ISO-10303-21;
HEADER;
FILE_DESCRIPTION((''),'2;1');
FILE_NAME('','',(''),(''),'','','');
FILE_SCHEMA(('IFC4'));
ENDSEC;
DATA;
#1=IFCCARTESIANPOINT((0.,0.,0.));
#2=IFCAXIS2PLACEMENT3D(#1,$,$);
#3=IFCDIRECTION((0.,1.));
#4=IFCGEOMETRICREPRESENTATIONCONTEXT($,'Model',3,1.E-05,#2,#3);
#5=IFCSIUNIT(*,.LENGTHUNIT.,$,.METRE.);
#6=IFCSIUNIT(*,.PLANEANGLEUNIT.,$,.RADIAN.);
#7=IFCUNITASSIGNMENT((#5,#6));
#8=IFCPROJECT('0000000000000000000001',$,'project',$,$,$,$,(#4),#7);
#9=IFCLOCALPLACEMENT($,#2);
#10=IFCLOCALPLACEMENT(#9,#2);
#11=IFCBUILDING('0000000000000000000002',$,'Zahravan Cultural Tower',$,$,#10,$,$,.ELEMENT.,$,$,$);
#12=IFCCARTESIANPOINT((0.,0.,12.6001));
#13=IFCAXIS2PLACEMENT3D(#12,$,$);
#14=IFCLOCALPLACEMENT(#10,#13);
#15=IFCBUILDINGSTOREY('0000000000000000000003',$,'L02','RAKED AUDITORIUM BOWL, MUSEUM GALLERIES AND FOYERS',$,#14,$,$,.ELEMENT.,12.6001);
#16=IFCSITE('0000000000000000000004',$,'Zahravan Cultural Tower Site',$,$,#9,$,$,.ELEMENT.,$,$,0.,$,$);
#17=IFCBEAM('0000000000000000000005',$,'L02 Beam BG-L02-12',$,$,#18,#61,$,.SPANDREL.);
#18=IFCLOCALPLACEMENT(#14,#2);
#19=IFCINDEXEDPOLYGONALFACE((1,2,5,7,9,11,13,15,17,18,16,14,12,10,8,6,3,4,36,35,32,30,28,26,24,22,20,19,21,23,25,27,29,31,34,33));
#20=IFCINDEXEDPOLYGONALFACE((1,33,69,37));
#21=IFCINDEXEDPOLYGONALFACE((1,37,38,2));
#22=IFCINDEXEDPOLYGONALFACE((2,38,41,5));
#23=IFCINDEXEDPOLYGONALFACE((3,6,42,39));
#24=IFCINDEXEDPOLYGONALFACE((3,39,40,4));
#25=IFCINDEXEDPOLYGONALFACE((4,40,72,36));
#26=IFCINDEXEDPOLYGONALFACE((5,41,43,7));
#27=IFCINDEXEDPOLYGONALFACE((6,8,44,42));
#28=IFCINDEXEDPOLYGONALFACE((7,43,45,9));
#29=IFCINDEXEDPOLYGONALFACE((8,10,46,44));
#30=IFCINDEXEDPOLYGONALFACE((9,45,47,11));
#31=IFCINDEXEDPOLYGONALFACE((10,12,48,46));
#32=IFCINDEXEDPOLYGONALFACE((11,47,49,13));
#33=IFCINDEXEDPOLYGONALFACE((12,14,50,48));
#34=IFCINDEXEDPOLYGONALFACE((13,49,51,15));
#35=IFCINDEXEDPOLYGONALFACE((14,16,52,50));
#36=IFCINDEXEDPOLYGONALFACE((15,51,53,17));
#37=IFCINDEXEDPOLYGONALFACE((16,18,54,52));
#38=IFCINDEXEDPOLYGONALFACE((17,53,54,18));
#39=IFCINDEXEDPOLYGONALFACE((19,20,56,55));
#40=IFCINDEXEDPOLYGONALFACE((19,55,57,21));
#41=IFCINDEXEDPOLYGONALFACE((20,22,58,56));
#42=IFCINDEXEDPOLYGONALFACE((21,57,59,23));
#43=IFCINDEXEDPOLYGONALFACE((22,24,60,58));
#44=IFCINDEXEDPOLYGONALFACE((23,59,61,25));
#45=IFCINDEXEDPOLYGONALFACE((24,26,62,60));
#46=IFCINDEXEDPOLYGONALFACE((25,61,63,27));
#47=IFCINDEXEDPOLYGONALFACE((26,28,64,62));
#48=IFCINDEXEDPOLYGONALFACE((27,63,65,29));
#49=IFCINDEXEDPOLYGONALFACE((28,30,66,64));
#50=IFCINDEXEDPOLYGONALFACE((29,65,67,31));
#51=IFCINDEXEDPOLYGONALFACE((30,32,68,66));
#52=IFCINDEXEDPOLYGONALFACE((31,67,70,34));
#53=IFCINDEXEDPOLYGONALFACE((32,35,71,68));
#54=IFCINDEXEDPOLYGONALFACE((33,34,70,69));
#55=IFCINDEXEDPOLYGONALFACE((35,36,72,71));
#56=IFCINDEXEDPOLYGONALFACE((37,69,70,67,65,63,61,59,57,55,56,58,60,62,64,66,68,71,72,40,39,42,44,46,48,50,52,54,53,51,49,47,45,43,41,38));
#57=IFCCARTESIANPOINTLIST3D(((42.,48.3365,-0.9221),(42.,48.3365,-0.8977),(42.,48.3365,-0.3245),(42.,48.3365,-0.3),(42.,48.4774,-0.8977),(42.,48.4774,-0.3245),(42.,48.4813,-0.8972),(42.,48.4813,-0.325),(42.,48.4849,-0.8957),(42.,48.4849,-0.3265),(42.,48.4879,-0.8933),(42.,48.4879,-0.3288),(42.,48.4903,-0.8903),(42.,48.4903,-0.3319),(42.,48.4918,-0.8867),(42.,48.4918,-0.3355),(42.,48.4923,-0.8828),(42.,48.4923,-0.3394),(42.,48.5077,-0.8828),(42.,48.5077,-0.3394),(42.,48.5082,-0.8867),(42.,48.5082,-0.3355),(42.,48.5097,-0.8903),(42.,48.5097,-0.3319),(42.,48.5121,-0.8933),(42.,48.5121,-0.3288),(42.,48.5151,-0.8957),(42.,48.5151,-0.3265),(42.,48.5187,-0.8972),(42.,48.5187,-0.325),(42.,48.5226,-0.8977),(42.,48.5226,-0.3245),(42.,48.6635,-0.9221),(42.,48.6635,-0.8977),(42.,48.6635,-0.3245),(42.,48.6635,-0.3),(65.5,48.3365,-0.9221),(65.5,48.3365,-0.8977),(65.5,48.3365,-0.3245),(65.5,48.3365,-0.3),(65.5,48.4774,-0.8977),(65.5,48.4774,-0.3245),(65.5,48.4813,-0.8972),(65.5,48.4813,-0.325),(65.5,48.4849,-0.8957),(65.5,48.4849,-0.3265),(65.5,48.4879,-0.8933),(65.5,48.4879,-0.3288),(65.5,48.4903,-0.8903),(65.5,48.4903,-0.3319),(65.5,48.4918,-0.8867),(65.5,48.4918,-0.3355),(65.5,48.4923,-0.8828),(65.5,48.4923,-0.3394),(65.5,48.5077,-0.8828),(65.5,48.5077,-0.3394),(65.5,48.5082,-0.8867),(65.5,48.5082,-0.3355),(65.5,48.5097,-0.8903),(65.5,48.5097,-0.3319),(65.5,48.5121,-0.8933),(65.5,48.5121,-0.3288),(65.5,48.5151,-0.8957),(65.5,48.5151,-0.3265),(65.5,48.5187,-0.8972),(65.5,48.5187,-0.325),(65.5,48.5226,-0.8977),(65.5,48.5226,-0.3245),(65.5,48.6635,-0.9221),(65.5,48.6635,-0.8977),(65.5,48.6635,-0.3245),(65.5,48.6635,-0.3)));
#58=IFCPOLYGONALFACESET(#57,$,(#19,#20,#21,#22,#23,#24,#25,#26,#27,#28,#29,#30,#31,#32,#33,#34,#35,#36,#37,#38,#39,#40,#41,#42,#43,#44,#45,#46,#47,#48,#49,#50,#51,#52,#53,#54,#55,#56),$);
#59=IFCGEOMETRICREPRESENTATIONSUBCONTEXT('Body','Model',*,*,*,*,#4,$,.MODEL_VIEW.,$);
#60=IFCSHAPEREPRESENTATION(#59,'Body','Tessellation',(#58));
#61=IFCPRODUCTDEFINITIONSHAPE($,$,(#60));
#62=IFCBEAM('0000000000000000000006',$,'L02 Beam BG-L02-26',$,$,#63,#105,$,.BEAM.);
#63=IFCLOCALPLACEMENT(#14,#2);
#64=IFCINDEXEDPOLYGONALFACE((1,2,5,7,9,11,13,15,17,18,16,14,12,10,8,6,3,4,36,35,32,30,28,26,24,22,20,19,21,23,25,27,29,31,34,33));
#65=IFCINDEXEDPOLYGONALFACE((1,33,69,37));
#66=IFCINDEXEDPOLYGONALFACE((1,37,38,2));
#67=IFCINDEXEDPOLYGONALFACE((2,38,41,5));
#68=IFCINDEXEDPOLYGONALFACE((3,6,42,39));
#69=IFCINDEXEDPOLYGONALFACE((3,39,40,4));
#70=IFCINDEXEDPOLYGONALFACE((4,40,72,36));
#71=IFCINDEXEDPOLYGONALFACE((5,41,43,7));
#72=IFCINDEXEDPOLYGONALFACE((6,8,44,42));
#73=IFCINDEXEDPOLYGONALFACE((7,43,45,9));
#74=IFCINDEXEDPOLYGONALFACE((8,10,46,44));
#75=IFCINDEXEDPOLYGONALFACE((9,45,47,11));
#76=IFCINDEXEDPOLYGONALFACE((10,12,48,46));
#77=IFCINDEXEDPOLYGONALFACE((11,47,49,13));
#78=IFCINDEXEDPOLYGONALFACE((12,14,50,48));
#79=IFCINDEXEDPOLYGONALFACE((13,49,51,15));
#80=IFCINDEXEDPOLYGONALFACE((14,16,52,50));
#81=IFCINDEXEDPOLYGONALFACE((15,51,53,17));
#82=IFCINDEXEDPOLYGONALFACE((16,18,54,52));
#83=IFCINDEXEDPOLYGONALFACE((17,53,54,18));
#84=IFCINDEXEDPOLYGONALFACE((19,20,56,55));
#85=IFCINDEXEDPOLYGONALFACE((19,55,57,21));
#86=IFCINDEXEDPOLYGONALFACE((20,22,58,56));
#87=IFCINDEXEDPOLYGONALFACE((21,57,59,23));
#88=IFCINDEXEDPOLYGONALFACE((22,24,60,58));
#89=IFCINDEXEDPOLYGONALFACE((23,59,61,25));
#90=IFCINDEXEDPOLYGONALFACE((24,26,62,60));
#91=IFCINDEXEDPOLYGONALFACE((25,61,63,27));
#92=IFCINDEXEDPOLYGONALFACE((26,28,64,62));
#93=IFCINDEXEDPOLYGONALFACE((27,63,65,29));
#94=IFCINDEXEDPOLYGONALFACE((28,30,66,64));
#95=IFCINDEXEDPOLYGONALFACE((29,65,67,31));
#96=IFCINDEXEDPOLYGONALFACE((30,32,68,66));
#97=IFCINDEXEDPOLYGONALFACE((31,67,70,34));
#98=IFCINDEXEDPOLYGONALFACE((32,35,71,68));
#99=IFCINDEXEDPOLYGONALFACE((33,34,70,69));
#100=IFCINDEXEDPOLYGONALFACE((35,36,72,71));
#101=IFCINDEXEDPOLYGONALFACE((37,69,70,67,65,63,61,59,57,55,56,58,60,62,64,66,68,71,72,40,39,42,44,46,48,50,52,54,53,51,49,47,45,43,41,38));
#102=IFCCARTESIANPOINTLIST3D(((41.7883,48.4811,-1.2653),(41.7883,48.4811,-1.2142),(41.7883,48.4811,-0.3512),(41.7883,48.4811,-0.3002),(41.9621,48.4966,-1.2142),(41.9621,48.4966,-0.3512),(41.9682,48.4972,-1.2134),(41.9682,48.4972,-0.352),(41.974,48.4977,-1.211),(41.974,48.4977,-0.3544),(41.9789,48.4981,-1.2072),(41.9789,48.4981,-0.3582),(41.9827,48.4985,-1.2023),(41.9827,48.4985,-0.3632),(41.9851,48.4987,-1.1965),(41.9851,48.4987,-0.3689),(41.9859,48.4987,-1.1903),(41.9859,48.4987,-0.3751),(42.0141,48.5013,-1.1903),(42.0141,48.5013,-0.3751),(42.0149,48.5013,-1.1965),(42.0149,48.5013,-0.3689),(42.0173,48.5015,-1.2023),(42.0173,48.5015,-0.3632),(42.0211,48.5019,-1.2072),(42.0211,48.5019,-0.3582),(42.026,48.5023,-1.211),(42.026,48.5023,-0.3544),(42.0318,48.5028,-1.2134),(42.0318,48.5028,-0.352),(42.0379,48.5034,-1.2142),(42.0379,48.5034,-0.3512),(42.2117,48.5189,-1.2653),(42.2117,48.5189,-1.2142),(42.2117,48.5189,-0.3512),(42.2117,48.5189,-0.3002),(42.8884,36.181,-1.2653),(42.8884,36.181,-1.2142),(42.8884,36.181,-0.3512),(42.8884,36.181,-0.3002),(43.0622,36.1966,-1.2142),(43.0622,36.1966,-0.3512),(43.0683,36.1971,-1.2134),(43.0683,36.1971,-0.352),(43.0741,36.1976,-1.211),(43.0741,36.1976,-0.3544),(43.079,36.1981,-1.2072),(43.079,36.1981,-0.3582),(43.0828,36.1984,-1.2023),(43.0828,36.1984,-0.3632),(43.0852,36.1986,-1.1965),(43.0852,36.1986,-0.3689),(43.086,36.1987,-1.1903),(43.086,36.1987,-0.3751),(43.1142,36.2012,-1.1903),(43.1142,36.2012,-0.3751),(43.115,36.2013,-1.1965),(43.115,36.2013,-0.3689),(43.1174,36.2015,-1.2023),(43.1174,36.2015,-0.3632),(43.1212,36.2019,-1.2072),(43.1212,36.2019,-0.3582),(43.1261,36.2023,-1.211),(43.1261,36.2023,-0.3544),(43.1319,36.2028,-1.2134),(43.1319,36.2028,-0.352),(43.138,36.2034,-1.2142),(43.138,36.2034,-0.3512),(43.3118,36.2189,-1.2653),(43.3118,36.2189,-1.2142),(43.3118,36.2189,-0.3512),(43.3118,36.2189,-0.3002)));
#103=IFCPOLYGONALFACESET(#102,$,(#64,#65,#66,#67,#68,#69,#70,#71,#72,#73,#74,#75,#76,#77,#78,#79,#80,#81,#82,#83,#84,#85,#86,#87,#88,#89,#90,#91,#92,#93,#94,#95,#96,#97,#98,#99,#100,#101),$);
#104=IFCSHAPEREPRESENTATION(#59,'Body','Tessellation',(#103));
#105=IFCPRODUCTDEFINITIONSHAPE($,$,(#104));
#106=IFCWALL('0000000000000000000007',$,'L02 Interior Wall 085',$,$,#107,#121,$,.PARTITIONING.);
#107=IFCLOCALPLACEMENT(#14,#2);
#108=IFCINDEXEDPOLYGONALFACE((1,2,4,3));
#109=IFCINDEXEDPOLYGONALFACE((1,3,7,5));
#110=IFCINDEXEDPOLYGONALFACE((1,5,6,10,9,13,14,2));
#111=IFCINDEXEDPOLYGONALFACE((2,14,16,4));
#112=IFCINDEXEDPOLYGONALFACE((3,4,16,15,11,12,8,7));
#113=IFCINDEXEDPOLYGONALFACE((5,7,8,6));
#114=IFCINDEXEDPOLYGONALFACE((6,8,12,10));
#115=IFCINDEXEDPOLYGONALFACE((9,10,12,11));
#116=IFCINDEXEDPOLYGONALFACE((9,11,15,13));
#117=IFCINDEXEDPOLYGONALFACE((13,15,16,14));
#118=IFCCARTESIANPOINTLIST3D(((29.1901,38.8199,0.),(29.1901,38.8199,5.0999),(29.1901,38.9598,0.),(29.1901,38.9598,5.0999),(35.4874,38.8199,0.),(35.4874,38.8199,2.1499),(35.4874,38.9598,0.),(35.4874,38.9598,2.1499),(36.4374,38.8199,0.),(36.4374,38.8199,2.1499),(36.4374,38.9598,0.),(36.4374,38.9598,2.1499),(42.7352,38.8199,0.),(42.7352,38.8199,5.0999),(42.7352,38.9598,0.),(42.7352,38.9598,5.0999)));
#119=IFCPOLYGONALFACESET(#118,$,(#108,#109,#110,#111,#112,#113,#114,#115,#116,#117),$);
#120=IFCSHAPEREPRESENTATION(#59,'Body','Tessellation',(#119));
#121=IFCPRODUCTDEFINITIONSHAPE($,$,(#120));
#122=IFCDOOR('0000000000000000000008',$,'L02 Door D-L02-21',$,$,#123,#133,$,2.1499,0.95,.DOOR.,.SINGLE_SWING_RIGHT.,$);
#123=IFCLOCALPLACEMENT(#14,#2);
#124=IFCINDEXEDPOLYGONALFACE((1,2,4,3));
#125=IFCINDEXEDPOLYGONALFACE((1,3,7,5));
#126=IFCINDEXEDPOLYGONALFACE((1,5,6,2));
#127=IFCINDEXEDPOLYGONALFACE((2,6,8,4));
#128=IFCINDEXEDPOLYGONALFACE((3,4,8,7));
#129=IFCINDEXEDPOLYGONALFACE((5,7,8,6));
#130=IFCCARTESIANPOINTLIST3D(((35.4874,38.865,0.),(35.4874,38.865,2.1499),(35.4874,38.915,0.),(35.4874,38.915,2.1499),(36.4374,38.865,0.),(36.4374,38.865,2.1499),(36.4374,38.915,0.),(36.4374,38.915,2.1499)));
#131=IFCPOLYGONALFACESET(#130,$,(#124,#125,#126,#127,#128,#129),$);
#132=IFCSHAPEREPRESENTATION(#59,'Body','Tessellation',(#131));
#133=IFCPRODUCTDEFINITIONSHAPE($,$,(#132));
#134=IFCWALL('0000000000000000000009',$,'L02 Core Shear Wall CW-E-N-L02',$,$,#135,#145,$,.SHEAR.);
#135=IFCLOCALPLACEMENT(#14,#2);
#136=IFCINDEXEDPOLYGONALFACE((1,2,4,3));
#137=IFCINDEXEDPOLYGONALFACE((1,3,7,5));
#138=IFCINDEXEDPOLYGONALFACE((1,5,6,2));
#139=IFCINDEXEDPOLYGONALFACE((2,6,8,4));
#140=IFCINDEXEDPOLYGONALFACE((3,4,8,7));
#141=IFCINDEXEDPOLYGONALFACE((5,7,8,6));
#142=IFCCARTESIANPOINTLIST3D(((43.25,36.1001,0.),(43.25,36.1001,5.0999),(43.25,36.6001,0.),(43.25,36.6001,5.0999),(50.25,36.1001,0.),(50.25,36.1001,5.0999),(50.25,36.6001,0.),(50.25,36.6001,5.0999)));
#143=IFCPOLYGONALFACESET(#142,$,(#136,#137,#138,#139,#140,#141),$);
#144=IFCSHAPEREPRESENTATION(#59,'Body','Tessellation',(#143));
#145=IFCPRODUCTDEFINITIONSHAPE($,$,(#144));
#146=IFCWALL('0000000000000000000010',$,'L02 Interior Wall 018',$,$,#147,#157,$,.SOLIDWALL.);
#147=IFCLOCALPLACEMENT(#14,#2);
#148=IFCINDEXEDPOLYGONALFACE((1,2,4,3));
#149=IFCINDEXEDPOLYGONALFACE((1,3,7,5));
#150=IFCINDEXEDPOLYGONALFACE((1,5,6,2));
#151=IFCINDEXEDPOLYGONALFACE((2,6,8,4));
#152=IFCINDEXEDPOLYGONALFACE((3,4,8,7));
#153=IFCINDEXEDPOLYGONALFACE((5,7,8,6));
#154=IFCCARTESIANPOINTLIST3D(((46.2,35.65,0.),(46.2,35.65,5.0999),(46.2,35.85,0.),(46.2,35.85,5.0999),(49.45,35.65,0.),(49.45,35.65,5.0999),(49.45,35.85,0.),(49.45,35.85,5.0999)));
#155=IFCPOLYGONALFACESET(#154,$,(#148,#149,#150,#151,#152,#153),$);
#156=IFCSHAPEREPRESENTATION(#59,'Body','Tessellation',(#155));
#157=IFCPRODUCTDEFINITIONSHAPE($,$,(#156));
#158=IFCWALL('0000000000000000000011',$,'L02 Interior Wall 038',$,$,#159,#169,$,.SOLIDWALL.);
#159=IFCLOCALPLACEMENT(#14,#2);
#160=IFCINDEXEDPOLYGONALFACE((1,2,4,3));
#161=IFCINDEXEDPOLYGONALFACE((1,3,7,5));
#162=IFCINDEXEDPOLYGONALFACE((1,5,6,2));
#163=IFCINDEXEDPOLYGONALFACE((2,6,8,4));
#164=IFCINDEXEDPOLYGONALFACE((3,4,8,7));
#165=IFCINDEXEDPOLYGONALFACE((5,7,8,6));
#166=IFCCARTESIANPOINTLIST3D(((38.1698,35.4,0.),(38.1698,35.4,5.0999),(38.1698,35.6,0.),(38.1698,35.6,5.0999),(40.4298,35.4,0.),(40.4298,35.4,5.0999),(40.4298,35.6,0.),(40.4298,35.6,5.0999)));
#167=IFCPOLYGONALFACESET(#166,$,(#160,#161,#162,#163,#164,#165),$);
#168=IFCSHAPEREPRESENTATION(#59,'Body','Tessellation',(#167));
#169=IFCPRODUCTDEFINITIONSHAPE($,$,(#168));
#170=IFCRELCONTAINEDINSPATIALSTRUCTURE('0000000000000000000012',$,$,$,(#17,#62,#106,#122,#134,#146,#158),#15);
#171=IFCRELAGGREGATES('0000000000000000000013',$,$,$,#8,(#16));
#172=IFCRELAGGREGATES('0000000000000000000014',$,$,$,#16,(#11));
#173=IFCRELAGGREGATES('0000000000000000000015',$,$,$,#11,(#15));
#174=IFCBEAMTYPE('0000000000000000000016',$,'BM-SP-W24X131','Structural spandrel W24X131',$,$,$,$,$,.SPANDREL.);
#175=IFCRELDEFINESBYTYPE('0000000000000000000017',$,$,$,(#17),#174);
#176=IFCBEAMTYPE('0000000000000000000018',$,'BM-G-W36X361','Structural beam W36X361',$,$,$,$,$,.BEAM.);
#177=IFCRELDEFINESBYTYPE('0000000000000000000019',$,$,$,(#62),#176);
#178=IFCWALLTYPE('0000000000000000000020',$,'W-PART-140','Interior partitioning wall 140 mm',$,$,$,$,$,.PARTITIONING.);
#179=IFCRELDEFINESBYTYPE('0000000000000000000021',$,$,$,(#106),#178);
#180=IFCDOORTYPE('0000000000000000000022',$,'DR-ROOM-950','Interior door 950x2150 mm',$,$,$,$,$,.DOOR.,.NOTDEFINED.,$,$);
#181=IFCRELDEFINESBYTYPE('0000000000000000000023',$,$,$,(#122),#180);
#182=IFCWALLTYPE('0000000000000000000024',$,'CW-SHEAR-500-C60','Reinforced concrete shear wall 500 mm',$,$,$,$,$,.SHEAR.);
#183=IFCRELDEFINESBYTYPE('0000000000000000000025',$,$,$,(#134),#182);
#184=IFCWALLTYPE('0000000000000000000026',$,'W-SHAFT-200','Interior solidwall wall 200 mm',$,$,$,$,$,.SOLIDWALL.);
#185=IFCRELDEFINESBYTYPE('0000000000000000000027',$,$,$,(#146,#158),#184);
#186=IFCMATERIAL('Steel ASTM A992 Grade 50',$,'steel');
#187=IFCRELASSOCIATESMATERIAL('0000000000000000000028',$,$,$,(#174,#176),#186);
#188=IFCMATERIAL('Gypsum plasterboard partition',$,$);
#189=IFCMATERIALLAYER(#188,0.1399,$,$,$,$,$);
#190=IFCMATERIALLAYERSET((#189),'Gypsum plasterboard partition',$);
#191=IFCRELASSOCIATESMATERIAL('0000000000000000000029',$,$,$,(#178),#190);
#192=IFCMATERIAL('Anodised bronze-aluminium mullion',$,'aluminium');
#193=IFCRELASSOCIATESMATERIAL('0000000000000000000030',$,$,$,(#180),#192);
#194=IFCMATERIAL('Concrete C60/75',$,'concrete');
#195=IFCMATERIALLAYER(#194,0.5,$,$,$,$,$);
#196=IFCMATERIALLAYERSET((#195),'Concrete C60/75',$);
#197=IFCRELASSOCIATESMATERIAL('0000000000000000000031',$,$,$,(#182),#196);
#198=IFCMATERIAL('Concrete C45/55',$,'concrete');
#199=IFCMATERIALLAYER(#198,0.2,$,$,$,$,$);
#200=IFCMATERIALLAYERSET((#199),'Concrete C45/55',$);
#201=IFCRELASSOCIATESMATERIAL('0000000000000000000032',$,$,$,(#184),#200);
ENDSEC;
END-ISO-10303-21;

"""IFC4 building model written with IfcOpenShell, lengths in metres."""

from ifc_helpers import new_model, si_unit, direction, frame, frame_2d, origin, origin_2d, place, context, subcontext, project, spatial, rectangle, i_section, extrude, source, transform, mapped, material, layer, layer_set, material_profile, profile_set, type_object, element, fill, save


model = new_model("IFC4")

# Units and contexts
model_context = context("Model", 3, precision=1e-05, world=origin(), true_north=direction((0.0, 1.0)))
body_context = subcontext(model_context, "Body", "Model", "MODEL_VIEW")
ifc_project = project(units=[si_unit("LENGTHUNIT", "METRE"), si_unit("PLANEANGLEUNIT", "RADIAN")], contexts=[model_context])

# Site, building, storey
site_placement = place(None, origin())
site = spatial("IfcSite", under=ifc_project, at=site_placement, Name="Zahravan Cultural Tower Site", CompositionType="ELEMENT", RefElevation=0.0)
building_placement = place(site_placement, origin())
building = spatial("IfcBuilding", under=site, at=building_placement, Name="Zahravan Cultural Tower", CompositionType="ELEMENT")
storey_placement = place(building_placement, frame((0.0, 0.0, 12.6001)))
storey = spatial("IfcBuildingStorey", under=building, at=storey_placement, Name="L02", Description="RAKED AUDITORIUM BOWL, MUSEUM GALLERIES AND FOYERS", CompositionType="ELEMENT", Elevation=12.6001)

# Shared definitions
ifc_material_1 = material(Name="Concrete C60/75", Category="concrete")

# Beams
ifc_material_2 = material(Name="Steel ASTM A992 Grade 50", Category="steel")
ifc_material_profile_1 = material_profile(ifc_material_2, i_section(OverallWidth=0.3269, OverallDepth=0.6221, WebThickness=0.0154, FlangeThickness=0.0244, FilletRadius=0.0149, at=origin_2d()), Name="W24X131")
ifc_profile_set_1 = profile_set([ifc_material_profile_1], Name="Steel ASTM A992 Grade 50")
beam_type_1 = type_object("IfcBeamType", Name="BM-SP-W24X131", Description="Structural spandrel W24X131", PredefinedType="SPANDREL", material=ifc_profile_set_1)
shared_shape_1 = source(origin(), body_context, "Body", "SweptSolid", [
    extrude(i_section(OverallWidth=0.3269, OverallDepth=0.6221, WebThickness=0.0154, FlangeThickness=0.0244, FilletRadius=0.0149, at=origin_2d()), origin(), (0.0, 0.0, 1.0), 23.5),
])
beam_1_placement = place(storey_placement, frame((42.0, 48.5, -0.6111), z_axis=(1.0, 0.0, 0.0), x_axis=(0.0, 1.0, 0.0)))
element("IfcBeam", 1, at=beam_1_placement, inside=storey, type_object=beam_type_1, Name="L02 Beam BG-L02-12", PredefinedType="SPANDREL", context=body_context, shape_type="MappedRepresentation", body=[
    mapped(shared_shape_1, transform((0.0, 0.0, 0.0), x_axis=(1.0, 0.0, 0.0), y_axis=(0.0, 1.0, 0.0), z_axis=(0.0, 0.0, 1.0), scale=1.0)),
])
ifc_material_profile_2 = material_profile(ifc_material_2, i_section(OverallWidth=0.425, OverallDepth=0.9651, WebThickness=0.0283, FlangeThickness=0.051, FilletRadius=0.0239, at=origin_2d()), Name="W36X361")
ifc_profile_set_2 = profile_set([ifc_material_profile_2], Name="Steel ASTM A992 Grade 50")
beam_type_2 = type_object("IfcBeamType", Name="BM-G-W36X361", Description="Structural beam W36X361", PredefinedType="BEAM", material=ifc_profile_set_2)
shared_shape_2 = source(origin(), body_context, "Body", "SweptSolid", [
    extrude(i_section(OverallWidth=0.425, OverallDepth=0.9651, WebThickness=0.0283, FlangeThickness=0.051, FilletRadius=0.0239, at=origin_2d()), origin(), (0.0, 0.0, 1.0), 12.3491),
])
beam_2_placement = place(storey_placement, frame((42.0, 48.5, -0.7827), z_axis=(0.089083, -0.996024, 0.0), x_axis=(0.996024, 0.089083, 0.0)))
element("IfcBeam", 2, at=beam_2_placement, inside=storey, type_object=beam_type_2, Name="L02 Beam BG-L02-26", PredefinedType="BEAM", context=body_context, shape_type="MappedRepresentation", body=[
    mapped(shared_shape_2, transform((0.0, 0.0, 0.0), x_axis=(1.0, 0.0, 0.0), y_axis=(0.0, 1.0, 0.0), z_axis=(0.0, 0.0, 1.0), scale=1.0)),
])

# Wall, opening, door
ifc_material_3 = material(Name="Gypsum plasterboard partition")
ifc_layer_1 = layer(ifc_material_3, 0.1399)
ifc_layer_set_1 = layer_set([ifc_layer_1], Name="Gypsum plasterboard partition")
wall_type_1 = type_object("IfcWallType", Name="W-PART-140", Description="Interior partitioning wall 140 mm", PredefinedType="PARTITIONING", material=ifc_layer_set_1)
wall_1_placement = place(storey_placement, frame((42.7351, 38.8899, 0.0), z_axis=(0.0, 0.0, 1.0), x_axis=(-1.0, 0.0, 0.0)))
wall_1 = element("IfcWall", 3, at=wall_1_placement, inside=storey, type_object=wall_type_1, Name="L02 Interior Wall 085", PredefinedType="PARTITIONING", context=body_context, shape_type="SweptSolid", body=[
    extrude(rectangle(XDim=13.5452, YDim=0.1399, at=frame_2d((6.7725, 0.0))), origin(), (0.0, 0.0, 1.0), 5.0999),
])
opening_placement = place(wall_1_placement, frame((6.2976, 0.0, 0.0)))
opening = element("IfcOpeningElement", 4, at=opening_placement, cuts=wall_1, PredefinedType="OPENING", context=body_context, shape_type="SweptSolid", body=[
    extrude(rectangle(XDim=0.95, YDim=2.1499, at=frame_2d((0.4751, 1.075))), frame((0.0, 0.0798, 0.0), z_axis=(0.0, -1.0, 0.0), x_axis=(1.0, 0.0, 0.0)), (0.0, 0.0, 1.0), 0.1599),
])
ifc_material_4 = material(Name="Anodised bronze-aluminium mullion", Category="aluminium")
door_type = type_object("IfcDoorType", Name="DR-ROOM-950", Description="Interior door 950x2150 mm", OperationType="NOTDEFINED", PredefinedType="DOOR", material=ifc_material_4)
shared_shape_3 = source(origin(), body_context, "Body", "SweptSolid", [
    extrude(rectangle(XDim=0.95, YDim=2.1499, at=frame_2d((0.4751, 1.075))), frame((0.0, 0.0249, 0.0), z_axis=(0.0, -1.0, 0.0), x_axis=(1.0, 0.0, 0.0)), (0.0, 0.0, 1.0), 0.05),
])
door_placement = place(opening_placement, origin())
door = element("IfcDoor", 5, at=door_placement, inside=storey, type_object=door_type, Name="L02 Door D-L02-21", OperationType="SINGLE_SWING_RIGHT", OverallHeight=2.1499, OverallWidth=0.95, PredefinedType="DOOR", context=body_context, shape_type="MappedRepresentation", body=[
    mapped(shared_shape_3, transform((0.0, 0.0, 0.0), x_axis=(1.0, 0.0, 0.0), y_axis=(0.0, 1.0, 0.0), z_axis=(0.0, 0.0, 1.0), scale=1.0)),
])
fill(opening, door)

# Walls
ifc_layer_2 = layer(ifc_material_1, 0.5)
ifc_layer_set_2 = layer_set([ifc_layer_2], Name="Concrete C60/75")
wall_type_2 = type_object("IfcWallType", Name="CW-SHEAR-500-C60", Description="Reinforced concrete shear wall 500 mm", PredefinedType="SHEAR", material=ifc_layer_set_2)
shared_shape_4 = source(origin(), body_context, "Body", "SweptSolid", [
    extrude(rectangle(XDim=7.0, YDim=0.5, at=frame_2d((3.5, 0.0))), origin(), (0.0, 0.0, 1.0), 5.0999),
])
wall_2_placement = place(storey_placement, frame((43.25, 36.3501, 0.0), z_axis=(0.0, 0.0, 1.0), x_axis=(1.0, 0.0, 0.0)))
element("IfcWall", 6, at=wall_2_placement, inside=storey, type_object=wall_type_2, Name="L02 Core Shear Wall CW-E-N-L02", PredefinedType="SHEAR", context=body_context, shape_type="MappedRepresentation", body=[
    mapped(shared_shape_4, transform((0.0, 0.0, 0.0), x_axis=(1.0, 0.0, 0.0), y_axis=(0.0, 1.0, 0.0), z_axis=(0.0, 0.0, 1.0), scale=1.0)),
])
ifc_material_5 = material(Name="Concrete C45/55", Category="concrete")
ifc_layer_3 = layer(ifc_material_5, 0.2)
ifc_layer_set_3 = layer_set([ifc_layer_3], Name="Concrete C45/55")
wall_type_3 = type_object("IfcWallType", Name="W-SHAFT-200", Description="Interior solidwall wall 200 mm", PredefinedType="SOLIDWALL", material=ifc_layer_set_3)
shared_shape_5 = source(origin(), body_context, "Body", "SweptSolid", [
    extrude(rectangle(XDim=3.25, YDim=0.2, at=frame_2d((1.625, 0.0))), origin(), (0.0, 0.0, 1.0), 5.0999),
])
wall_3_placement = place(storey_placement, frame((46.2, 35.75, 0.0), z_axis=(0.0, 0.0, 1.0), x_axis=(1.0, 0.0, 0.0)))
element("IfcWall", 7, at=wall_3_placement, inside=storey, type_object=wall_type_3, Name="L02 Interior Wall 018", PredefinedType="SOLIDWALL", context=body_context, shape_type="MappedRepresentation", body=[
    mapped(shared_shape_5, transform((0.0, 0.0, 0.0), x_axis=(1.0, 0.0, 0.0), y_axis=(0.0, 1.0, 0.0), z_axis=(0.0, 0.0, 1.0), scale=1.0)),
])
shared_shape_6 = source(origin(), body_context, "Body", "SweptSolid", [
    extrude(rectangle(XDim=2.26, YDim=0.2, at=frame_2d((1.1299, 0.0))), origin(), (0.0, 0.0, 1.0), 5.0999),
])
wall_4_placement = place(storey_placement, frame((38.1699, 35.5, 0.0), z_axis=(0.0, 0.0, 1.0), x_axis=(1.0, 0.0, 0.0)))
element("IfcWall", 8, at=wall_4_placement, inside=storey, type_object=wall_type_3, Name="L02 Interior Wall 038", PredefinedType="SOLIDWALL", context=body_context, shape_type="MappedRepresentation", body=[
    mapped(shared_shape_6, transform((0.0, 0.0, 0.0), x_axis=(1.0, 0.0, 0.0), y_axis=(0.0, 1.0, 0.0), z_axis=(0.0, 0.0, 1.0), scale=1.0)),
])

save(model, "model.ifc")
